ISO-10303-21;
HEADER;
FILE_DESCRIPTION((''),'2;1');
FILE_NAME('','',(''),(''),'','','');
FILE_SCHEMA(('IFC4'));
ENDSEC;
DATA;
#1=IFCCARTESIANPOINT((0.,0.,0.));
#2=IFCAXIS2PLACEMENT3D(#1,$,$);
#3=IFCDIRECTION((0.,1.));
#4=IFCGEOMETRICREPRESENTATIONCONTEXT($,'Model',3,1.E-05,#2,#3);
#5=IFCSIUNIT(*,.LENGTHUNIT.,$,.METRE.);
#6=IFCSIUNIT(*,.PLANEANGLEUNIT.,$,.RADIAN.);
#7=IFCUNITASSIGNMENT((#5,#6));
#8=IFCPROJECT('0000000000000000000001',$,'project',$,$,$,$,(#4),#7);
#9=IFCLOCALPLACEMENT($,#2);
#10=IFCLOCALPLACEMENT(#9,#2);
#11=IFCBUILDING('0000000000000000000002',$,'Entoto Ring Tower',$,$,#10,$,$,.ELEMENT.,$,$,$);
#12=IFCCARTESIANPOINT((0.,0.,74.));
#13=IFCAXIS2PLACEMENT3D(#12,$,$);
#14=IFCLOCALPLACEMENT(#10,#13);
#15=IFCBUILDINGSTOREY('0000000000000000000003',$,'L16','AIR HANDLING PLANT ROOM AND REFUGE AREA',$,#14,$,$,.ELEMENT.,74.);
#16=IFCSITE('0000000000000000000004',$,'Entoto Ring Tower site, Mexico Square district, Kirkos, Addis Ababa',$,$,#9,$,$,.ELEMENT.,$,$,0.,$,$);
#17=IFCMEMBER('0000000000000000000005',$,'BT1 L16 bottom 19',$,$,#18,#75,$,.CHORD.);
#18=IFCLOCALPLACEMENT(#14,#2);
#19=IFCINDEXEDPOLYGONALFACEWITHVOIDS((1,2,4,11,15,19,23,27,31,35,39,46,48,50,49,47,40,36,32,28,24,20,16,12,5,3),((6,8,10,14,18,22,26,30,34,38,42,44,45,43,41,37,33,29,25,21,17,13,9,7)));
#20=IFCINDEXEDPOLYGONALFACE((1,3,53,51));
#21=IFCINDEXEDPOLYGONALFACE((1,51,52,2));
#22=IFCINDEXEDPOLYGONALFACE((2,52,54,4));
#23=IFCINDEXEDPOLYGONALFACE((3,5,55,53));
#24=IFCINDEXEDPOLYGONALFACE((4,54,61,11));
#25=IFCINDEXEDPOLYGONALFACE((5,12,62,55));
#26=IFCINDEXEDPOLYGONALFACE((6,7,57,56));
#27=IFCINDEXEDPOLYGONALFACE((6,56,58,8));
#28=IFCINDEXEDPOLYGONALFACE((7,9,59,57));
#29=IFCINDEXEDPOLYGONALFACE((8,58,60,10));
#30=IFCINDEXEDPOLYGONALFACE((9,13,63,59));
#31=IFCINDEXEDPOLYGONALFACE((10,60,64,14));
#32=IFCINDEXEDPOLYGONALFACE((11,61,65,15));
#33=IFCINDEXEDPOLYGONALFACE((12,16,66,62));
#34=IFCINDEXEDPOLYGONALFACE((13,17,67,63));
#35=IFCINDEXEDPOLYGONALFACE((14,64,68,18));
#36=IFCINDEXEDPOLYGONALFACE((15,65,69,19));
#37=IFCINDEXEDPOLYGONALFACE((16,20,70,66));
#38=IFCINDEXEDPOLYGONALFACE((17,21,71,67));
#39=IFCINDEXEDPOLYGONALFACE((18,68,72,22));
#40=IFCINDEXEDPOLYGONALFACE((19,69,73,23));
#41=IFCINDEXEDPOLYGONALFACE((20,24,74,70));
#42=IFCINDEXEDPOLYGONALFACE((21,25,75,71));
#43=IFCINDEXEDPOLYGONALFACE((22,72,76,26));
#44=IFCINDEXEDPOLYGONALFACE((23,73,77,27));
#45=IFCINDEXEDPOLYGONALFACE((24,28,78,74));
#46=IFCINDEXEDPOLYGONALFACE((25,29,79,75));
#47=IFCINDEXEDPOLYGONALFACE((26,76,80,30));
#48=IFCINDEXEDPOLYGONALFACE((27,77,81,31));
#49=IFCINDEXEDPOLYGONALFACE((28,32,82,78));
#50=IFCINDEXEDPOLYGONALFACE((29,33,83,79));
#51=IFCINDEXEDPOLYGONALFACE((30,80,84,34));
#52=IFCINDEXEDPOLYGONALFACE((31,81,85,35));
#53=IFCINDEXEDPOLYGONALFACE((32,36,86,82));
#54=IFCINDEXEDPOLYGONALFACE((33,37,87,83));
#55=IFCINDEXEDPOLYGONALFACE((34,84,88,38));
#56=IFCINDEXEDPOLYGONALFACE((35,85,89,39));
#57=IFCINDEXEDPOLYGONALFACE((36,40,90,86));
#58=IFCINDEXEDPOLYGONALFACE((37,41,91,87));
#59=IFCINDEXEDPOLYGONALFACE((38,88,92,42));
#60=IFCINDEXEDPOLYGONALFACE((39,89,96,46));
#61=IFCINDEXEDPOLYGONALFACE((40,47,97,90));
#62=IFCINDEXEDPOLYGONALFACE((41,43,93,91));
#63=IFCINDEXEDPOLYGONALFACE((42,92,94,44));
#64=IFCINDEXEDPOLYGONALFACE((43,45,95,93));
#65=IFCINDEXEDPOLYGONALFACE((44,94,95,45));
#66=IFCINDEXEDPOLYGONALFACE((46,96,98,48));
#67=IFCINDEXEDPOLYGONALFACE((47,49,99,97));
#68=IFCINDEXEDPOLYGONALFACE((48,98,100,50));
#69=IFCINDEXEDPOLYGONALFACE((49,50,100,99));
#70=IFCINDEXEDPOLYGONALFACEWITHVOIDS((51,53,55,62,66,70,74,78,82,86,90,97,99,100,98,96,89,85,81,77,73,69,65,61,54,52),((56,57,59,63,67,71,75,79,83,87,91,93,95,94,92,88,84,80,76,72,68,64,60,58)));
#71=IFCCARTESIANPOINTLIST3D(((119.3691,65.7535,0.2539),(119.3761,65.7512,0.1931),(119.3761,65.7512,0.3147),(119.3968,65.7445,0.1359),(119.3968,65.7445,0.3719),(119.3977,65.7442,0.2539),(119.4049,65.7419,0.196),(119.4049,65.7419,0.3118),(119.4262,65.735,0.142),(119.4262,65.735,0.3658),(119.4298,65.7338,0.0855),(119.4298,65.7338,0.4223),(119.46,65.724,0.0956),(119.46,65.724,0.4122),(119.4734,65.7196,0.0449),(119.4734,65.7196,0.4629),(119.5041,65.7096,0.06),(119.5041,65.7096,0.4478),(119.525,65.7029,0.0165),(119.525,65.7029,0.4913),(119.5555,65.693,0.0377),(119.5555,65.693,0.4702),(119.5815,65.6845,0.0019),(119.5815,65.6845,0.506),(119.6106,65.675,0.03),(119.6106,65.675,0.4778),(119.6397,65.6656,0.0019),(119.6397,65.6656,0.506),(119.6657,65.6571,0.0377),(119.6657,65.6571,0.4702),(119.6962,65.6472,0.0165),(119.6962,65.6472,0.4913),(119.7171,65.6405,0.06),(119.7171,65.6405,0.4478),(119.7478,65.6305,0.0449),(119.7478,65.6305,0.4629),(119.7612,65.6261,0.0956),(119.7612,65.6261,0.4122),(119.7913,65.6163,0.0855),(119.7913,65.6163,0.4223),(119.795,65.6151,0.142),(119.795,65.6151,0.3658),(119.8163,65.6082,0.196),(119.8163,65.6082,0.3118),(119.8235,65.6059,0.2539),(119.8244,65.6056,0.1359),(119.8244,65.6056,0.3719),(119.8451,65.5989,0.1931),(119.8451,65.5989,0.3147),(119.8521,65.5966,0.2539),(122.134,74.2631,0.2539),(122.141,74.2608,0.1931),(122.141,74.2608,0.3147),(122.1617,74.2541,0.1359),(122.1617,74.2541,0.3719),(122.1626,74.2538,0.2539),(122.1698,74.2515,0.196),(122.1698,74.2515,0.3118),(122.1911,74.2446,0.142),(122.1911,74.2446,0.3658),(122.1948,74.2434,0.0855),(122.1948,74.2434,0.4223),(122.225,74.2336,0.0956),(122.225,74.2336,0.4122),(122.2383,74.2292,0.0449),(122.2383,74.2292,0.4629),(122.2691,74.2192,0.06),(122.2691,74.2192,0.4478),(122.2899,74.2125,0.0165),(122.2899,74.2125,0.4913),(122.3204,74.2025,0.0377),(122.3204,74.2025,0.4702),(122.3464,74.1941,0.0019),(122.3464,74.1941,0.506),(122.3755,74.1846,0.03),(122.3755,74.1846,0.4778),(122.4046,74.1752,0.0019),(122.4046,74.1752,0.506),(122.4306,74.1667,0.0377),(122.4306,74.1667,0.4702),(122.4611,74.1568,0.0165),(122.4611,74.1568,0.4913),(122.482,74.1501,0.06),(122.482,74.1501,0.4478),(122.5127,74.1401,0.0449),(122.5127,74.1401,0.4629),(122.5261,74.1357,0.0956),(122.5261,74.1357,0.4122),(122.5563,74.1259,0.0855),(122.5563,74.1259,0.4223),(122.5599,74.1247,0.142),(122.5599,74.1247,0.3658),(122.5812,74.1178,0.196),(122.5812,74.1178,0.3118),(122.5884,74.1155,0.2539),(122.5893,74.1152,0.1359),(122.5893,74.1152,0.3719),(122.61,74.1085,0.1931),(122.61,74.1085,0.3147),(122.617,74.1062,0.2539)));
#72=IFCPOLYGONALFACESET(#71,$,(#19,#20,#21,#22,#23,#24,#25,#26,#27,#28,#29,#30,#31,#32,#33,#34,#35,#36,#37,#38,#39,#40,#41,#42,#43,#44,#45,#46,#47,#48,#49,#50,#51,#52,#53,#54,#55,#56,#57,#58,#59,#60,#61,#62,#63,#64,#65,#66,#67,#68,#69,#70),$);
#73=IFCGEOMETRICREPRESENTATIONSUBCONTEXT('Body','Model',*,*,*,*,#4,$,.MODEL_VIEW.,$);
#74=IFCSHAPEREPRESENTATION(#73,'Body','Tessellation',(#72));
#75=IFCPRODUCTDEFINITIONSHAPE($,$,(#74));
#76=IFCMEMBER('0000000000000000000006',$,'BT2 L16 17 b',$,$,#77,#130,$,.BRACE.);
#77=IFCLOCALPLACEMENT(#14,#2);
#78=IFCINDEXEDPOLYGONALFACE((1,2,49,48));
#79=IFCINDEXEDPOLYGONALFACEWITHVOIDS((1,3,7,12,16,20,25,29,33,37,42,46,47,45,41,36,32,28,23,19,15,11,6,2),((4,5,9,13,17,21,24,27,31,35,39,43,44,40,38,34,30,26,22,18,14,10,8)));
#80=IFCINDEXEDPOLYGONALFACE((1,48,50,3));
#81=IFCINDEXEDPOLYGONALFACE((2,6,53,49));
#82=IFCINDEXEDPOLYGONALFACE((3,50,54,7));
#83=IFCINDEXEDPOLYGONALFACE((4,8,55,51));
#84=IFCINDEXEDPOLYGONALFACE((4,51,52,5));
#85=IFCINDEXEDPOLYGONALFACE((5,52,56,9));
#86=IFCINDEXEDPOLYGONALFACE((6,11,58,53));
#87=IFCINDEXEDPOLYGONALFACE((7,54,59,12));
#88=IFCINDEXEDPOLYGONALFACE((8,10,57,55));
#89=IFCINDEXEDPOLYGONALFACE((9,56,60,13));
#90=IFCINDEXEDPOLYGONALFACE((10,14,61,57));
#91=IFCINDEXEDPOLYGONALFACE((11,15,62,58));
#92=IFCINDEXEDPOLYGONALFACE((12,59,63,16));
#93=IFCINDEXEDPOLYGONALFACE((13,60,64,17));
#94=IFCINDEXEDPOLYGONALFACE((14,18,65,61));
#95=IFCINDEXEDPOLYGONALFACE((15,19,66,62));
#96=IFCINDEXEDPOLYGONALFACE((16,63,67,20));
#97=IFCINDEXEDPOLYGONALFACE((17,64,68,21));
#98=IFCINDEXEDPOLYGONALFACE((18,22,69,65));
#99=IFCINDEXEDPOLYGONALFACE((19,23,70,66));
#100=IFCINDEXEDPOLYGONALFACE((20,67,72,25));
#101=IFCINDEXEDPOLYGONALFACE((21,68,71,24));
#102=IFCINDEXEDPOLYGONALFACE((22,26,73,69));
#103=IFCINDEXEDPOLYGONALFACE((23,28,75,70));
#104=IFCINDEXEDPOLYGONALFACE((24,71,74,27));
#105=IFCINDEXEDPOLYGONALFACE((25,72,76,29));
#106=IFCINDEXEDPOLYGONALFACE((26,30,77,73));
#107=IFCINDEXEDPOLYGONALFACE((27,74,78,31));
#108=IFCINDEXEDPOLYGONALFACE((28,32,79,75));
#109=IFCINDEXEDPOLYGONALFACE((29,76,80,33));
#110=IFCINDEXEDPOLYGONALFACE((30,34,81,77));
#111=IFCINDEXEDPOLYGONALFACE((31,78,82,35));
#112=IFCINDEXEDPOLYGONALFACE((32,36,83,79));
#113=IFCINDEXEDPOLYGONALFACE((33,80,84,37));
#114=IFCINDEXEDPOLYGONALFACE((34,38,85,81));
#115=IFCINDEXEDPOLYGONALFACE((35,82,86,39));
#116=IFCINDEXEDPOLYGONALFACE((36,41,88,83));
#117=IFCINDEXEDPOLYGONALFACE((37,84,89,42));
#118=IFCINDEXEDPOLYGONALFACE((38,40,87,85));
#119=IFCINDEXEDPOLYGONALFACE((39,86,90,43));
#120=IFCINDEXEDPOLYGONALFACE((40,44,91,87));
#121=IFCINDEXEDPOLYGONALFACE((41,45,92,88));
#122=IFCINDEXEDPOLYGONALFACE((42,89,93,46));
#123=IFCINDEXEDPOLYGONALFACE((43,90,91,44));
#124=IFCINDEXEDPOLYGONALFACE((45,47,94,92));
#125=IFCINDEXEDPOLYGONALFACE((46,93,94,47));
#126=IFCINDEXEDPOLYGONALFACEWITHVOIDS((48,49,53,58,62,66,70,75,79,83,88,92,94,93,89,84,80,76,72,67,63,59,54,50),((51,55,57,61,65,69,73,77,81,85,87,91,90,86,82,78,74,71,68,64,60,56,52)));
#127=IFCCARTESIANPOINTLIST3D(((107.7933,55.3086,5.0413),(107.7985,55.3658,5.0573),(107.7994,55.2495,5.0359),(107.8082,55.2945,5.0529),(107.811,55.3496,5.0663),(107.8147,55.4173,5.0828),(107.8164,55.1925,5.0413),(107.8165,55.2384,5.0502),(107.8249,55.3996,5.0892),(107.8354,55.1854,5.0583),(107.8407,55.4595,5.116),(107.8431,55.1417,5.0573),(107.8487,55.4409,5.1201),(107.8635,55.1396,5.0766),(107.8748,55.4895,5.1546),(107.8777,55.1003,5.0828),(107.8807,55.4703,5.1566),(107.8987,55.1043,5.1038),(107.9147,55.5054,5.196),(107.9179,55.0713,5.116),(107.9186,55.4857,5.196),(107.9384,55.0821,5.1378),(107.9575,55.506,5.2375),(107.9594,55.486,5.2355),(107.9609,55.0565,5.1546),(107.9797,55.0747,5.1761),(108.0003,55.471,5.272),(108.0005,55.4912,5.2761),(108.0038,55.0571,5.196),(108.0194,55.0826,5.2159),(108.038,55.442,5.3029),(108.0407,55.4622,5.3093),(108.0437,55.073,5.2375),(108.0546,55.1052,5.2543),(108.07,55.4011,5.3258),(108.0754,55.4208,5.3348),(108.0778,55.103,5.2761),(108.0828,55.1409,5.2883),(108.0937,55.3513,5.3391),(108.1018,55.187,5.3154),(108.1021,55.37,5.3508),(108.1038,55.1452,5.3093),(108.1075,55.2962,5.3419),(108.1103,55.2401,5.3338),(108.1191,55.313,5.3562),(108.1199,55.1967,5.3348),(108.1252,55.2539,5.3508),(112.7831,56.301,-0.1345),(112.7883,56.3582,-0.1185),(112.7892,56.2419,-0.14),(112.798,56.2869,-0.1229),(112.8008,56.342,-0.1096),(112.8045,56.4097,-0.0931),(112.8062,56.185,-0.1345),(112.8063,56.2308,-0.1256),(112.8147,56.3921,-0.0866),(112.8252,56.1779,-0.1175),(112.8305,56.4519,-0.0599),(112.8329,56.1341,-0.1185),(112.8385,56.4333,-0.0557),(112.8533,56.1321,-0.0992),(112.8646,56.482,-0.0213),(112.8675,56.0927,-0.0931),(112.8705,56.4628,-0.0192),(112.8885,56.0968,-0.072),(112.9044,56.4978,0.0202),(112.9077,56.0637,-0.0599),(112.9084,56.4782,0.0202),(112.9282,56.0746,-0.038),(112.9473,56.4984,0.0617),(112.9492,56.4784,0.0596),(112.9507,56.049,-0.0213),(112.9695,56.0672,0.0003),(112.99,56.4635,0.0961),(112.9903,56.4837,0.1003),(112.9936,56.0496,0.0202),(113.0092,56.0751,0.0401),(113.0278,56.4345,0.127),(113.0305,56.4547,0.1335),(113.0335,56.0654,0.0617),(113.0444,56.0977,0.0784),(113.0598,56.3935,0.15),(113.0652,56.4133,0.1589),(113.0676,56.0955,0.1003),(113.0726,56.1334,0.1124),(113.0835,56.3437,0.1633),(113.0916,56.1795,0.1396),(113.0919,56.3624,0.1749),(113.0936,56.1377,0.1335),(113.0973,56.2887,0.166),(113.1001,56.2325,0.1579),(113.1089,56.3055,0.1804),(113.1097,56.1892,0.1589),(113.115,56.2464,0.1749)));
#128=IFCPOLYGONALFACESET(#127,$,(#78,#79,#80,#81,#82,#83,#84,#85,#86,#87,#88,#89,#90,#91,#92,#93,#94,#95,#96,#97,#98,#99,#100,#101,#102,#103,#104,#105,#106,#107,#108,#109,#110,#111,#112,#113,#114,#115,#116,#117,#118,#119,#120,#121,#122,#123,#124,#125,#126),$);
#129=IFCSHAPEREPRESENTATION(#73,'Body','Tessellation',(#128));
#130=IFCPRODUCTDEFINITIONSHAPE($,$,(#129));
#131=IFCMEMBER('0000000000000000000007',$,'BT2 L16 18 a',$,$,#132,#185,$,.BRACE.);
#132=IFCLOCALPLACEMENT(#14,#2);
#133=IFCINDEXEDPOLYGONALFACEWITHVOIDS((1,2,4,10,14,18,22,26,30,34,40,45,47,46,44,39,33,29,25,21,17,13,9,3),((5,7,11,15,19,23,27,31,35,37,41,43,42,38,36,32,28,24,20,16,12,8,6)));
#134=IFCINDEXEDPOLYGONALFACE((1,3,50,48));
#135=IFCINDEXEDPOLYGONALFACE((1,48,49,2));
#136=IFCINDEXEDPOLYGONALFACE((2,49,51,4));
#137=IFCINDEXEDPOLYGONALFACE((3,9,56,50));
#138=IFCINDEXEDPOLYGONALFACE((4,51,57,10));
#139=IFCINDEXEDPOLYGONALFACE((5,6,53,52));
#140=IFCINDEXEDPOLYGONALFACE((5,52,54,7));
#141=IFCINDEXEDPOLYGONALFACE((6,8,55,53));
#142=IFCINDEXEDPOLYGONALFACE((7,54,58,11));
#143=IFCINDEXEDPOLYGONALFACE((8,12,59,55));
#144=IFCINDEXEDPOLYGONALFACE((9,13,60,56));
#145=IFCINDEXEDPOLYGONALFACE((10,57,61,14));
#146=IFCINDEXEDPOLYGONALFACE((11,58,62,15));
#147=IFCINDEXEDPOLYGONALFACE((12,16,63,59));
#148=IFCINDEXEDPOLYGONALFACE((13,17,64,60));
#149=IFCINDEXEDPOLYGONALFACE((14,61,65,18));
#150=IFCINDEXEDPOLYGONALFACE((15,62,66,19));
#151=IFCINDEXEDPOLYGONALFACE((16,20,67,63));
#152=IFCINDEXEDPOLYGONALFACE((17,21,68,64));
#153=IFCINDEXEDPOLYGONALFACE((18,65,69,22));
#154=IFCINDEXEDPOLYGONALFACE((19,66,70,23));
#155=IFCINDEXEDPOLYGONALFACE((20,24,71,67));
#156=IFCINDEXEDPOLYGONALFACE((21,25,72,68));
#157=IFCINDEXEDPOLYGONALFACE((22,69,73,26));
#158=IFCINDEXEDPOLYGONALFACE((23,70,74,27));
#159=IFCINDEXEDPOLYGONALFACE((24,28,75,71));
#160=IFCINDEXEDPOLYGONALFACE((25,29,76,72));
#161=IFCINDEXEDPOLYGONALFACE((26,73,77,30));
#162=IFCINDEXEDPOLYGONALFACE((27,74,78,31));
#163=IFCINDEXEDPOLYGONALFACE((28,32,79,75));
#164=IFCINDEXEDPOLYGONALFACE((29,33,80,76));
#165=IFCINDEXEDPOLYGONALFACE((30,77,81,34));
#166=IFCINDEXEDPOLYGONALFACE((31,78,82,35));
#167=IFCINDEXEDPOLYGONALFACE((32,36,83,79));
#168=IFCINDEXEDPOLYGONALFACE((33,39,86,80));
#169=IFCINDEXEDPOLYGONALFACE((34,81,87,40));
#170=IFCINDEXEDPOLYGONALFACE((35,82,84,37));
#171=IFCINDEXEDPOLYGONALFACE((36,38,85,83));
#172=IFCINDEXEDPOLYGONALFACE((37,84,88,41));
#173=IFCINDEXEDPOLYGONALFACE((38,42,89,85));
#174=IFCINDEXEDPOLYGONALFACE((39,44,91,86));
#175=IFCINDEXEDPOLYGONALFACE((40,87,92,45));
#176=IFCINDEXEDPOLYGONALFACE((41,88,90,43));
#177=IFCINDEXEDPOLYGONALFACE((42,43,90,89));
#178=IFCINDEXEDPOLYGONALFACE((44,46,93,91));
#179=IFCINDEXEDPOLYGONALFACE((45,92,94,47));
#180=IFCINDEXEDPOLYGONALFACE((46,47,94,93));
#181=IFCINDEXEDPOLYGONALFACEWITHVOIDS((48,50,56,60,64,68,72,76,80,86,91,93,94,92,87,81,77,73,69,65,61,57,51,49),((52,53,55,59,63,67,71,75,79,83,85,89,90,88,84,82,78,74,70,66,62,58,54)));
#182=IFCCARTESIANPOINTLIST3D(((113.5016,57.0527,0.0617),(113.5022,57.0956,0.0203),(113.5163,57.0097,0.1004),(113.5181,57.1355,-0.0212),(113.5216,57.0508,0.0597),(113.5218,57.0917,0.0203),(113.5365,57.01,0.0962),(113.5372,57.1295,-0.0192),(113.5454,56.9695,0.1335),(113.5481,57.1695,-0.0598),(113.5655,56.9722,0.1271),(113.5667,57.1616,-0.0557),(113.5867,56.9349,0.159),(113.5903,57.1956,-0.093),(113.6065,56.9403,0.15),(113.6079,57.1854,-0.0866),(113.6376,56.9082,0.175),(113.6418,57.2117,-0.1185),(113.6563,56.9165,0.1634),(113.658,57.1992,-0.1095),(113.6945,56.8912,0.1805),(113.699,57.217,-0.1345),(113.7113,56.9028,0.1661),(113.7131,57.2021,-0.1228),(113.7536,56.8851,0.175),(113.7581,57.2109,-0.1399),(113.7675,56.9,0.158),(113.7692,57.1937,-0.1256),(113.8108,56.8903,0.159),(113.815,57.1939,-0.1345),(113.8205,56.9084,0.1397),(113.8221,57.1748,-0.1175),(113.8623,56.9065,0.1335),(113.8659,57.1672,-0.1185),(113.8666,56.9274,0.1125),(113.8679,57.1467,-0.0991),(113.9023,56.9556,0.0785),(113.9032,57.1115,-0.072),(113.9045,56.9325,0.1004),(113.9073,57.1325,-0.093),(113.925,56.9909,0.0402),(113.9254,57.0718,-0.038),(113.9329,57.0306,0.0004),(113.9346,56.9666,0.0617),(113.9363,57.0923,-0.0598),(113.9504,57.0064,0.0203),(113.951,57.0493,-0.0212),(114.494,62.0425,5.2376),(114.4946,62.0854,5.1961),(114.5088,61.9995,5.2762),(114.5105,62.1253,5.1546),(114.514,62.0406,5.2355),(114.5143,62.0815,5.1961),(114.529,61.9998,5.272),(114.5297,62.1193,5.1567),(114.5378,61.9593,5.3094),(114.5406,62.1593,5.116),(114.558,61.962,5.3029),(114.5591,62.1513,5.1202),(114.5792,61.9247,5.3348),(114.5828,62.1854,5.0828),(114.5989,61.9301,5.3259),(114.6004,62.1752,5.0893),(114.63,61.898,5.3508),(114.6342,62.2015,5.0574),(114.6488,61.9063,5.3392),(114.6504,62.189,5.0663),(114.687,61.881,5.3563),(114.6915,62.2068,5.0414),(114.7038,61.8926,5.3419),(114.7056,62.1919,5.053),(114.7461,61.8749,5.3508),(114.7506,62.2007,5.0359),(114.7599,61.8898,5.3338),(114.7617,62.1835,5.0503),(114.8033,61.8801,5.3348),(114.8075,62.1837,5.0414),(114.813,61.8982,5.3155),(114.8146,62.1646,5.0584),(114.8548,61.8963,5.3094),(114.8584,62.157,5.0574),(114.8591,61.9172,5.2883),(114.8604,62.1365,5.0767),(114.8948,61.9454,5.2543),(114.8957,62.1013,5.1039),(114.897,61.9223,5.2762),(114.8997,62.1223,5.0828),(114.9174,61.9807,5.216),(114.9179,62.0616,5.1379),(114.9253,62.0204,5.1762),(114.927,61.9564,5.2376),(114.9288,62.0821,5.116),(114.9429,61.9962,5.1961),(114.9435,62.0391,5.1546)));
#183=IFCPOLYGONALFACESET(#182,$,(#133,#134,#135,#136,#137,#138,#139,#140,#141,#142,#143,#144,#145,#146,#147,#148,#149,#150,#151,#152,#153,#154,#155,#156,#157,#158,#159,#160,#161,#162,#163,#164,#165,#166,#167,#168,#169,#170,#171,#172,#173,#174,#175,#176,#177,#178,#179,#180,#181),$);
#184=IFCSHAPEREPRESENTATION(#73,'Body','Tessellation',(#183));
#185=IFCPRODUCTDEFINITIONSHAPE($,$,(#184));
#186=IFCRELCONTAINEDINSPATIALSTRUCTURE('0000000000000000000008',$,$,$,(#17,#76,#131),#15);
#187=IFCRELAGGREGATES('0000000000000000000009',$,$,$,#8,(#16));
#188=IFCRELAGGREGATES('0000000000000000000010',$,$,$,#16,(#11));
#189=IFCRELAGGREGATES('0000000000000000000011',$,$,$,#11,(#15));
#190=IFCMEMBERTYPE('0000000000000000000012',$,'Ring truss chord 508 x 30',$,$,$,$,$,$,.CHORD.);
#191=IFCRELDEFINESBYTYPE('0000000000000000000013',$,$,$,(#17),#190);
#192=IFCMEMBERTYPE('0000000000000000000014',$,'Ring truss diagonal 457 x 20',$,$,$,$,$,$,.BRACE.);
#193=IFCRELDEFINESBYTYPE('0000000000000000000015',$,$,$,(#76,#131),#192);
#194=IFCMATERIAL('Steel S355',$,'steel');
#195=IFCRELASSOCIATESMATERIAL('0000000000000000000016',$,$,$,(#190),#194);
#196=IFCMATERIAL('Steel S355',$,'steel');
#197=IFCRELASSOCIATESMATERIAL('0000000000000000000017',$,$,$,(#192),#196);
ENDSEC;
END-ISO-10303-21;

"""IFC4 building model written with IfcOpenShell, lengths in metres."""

from ifc_helpers import new_model, si_unit, direction, frame, origin, origin_2d, place, context, subcontext, project, spatial, circle, hollow_circle, extrude, material, material_profile, profile_set, type_object, element, save


model = new_model("IFC4")

# Units and contexts
model_context = context("Model", 3, precision=1e-05, world=origin(), true_north=direction((0.0, 1.0)))
body_context = subcontext(model_context, "Body", "Model", "MODEL_VIEW")
ifc_project = project(units=[si_unit("LENGTHUNIT", "METRE"), si_unit("PLANEANGLEUNIT", "RADIAN")], contexts=[model_context])

# Site, building, storey
site_placement = place(None, origin())
site = spatial("IfcSite", under=ifc_project, at=site_placement, Name="Entoto Ring Tower site, Mexico Square district, Kirkos, Addis Ababa", CompositionType="ELEMENT", RefElevation=0.0)
building_placement = place(site_placement, origin())
building = spatial("IfcBuilding", under=site, at=building_placement, Name="Entoto Ring Tower", CompositionType="ELEMENT")
storey_placement = place(building_placement, frame((0.0, 0.0, 74.0)))
storey = spatial("IfcBuildingStorey", under=building, at=storey_placement, Name="L16", Description="AIR HANDLING PLANT ROOM AND REFUGE AREA", CompositionType="ELEMENT", Elevation=74.0)

# Members
ifc_material_1 = material(Name="Steel S355", Category="steel")
ifc_material_profile_1 = material_profile(ifc_material_1, hollow_circle(Radius=0.2539, WallThickness=0.03, at=origin_2d()), Name="CHS 508 x 30")
ifc_material_2 = material(Name="Concrete C60/75", Category="concrete")
ifc_material_profile_2 = material_profile(ifc_material_2, circle(Radius=0.2241, at=origin_2d()), Name="Concrete C60/75 infill")
ifc_profile_set_1 = profile_set([ifc_material_profile_1, ifc_material_profile_2], Name="Steel S355")
member_type_1 = type_object("IfcMemberType", Name="Ring truss chord 508 x 30", PredefinedType="CHORD", material=ifc_profile_set_1)
member_1_placement = place(storey_placement, frame((119.6106, 65.675, 0.2539), z_axis=(0.309015, 0.951057, 0.0), x_axis=(-0.951057, 0.309015, 0.0)))
element("IfcMember", 1, at=member_1_placement, inside=storey, type_object=member_type_1, Name="BT1 L16 bottom 19", PredefinedType="CHORD", context=body_context, shape_type="SweptSolid", body=[
    extrude(hollow_circle(Radius=0.2539, WallThickness=0.03, at=origin_2d()), origin(), (0.0, 0.0, 1.0), 8.9475),
])
ifc_material_3 = material(Name="Steel S355", Category="steel")
ifc_material_profile_3 = material_profile(ifc_material_3, hollow_circle(Radius=0.2285, WallThickness=0.02, at=origin_2d()), Name="CHS 457 x 20")
ifc_material_4 = material(Name="Concrete C60/75", Category="concrete")
ifc_material_profile_4 = material_profile(ifc_material_4, circle(Radius=0.2085, at=origin_2d()), Name="Concrete C60/75 infill")
ifc_profile_set_2 = profile_set([ifc_material_profile_3, ifc_material_profile_4], Name="Steel S355")
member_type_2 = type_object("IfcMemberType", Name="Ring truss diagonal 457 x 20", PredefinedType="BRACE", material=ifc_profile_set_2)
for number, where, z_axis, x_axis, name in (
    (2, (107.9592, 55.2812, 5.196), (0.68753, 0.136746, -0.713164), (-0.195073, 0.980789, 0.0), "BT2 L16 17 b"),
    (3, (113.7263, 57.051, 0.0203), (0.136746, 0.68753, 0.713164), (-0.980789, 0.195073, 0.0), "BT2 L16 18 a"),
):
    element("IfcMember", number, at=place(storey_placement, frame(where, z_axis=z_axis, x_axis=x_axis)), inside=storey, type_object=member_type_2, Name=name, PredefinedType="BRACE", context=body_context, shape_type="SweptSolid", body=[
        extrude(hollow_circle(Radius=0.2285, WallThickness=0.02, at=origin_2d()), origin(), (0.0, 0.0, 1.0), 7.2576),
    ])

save(model, "model.ifc")
